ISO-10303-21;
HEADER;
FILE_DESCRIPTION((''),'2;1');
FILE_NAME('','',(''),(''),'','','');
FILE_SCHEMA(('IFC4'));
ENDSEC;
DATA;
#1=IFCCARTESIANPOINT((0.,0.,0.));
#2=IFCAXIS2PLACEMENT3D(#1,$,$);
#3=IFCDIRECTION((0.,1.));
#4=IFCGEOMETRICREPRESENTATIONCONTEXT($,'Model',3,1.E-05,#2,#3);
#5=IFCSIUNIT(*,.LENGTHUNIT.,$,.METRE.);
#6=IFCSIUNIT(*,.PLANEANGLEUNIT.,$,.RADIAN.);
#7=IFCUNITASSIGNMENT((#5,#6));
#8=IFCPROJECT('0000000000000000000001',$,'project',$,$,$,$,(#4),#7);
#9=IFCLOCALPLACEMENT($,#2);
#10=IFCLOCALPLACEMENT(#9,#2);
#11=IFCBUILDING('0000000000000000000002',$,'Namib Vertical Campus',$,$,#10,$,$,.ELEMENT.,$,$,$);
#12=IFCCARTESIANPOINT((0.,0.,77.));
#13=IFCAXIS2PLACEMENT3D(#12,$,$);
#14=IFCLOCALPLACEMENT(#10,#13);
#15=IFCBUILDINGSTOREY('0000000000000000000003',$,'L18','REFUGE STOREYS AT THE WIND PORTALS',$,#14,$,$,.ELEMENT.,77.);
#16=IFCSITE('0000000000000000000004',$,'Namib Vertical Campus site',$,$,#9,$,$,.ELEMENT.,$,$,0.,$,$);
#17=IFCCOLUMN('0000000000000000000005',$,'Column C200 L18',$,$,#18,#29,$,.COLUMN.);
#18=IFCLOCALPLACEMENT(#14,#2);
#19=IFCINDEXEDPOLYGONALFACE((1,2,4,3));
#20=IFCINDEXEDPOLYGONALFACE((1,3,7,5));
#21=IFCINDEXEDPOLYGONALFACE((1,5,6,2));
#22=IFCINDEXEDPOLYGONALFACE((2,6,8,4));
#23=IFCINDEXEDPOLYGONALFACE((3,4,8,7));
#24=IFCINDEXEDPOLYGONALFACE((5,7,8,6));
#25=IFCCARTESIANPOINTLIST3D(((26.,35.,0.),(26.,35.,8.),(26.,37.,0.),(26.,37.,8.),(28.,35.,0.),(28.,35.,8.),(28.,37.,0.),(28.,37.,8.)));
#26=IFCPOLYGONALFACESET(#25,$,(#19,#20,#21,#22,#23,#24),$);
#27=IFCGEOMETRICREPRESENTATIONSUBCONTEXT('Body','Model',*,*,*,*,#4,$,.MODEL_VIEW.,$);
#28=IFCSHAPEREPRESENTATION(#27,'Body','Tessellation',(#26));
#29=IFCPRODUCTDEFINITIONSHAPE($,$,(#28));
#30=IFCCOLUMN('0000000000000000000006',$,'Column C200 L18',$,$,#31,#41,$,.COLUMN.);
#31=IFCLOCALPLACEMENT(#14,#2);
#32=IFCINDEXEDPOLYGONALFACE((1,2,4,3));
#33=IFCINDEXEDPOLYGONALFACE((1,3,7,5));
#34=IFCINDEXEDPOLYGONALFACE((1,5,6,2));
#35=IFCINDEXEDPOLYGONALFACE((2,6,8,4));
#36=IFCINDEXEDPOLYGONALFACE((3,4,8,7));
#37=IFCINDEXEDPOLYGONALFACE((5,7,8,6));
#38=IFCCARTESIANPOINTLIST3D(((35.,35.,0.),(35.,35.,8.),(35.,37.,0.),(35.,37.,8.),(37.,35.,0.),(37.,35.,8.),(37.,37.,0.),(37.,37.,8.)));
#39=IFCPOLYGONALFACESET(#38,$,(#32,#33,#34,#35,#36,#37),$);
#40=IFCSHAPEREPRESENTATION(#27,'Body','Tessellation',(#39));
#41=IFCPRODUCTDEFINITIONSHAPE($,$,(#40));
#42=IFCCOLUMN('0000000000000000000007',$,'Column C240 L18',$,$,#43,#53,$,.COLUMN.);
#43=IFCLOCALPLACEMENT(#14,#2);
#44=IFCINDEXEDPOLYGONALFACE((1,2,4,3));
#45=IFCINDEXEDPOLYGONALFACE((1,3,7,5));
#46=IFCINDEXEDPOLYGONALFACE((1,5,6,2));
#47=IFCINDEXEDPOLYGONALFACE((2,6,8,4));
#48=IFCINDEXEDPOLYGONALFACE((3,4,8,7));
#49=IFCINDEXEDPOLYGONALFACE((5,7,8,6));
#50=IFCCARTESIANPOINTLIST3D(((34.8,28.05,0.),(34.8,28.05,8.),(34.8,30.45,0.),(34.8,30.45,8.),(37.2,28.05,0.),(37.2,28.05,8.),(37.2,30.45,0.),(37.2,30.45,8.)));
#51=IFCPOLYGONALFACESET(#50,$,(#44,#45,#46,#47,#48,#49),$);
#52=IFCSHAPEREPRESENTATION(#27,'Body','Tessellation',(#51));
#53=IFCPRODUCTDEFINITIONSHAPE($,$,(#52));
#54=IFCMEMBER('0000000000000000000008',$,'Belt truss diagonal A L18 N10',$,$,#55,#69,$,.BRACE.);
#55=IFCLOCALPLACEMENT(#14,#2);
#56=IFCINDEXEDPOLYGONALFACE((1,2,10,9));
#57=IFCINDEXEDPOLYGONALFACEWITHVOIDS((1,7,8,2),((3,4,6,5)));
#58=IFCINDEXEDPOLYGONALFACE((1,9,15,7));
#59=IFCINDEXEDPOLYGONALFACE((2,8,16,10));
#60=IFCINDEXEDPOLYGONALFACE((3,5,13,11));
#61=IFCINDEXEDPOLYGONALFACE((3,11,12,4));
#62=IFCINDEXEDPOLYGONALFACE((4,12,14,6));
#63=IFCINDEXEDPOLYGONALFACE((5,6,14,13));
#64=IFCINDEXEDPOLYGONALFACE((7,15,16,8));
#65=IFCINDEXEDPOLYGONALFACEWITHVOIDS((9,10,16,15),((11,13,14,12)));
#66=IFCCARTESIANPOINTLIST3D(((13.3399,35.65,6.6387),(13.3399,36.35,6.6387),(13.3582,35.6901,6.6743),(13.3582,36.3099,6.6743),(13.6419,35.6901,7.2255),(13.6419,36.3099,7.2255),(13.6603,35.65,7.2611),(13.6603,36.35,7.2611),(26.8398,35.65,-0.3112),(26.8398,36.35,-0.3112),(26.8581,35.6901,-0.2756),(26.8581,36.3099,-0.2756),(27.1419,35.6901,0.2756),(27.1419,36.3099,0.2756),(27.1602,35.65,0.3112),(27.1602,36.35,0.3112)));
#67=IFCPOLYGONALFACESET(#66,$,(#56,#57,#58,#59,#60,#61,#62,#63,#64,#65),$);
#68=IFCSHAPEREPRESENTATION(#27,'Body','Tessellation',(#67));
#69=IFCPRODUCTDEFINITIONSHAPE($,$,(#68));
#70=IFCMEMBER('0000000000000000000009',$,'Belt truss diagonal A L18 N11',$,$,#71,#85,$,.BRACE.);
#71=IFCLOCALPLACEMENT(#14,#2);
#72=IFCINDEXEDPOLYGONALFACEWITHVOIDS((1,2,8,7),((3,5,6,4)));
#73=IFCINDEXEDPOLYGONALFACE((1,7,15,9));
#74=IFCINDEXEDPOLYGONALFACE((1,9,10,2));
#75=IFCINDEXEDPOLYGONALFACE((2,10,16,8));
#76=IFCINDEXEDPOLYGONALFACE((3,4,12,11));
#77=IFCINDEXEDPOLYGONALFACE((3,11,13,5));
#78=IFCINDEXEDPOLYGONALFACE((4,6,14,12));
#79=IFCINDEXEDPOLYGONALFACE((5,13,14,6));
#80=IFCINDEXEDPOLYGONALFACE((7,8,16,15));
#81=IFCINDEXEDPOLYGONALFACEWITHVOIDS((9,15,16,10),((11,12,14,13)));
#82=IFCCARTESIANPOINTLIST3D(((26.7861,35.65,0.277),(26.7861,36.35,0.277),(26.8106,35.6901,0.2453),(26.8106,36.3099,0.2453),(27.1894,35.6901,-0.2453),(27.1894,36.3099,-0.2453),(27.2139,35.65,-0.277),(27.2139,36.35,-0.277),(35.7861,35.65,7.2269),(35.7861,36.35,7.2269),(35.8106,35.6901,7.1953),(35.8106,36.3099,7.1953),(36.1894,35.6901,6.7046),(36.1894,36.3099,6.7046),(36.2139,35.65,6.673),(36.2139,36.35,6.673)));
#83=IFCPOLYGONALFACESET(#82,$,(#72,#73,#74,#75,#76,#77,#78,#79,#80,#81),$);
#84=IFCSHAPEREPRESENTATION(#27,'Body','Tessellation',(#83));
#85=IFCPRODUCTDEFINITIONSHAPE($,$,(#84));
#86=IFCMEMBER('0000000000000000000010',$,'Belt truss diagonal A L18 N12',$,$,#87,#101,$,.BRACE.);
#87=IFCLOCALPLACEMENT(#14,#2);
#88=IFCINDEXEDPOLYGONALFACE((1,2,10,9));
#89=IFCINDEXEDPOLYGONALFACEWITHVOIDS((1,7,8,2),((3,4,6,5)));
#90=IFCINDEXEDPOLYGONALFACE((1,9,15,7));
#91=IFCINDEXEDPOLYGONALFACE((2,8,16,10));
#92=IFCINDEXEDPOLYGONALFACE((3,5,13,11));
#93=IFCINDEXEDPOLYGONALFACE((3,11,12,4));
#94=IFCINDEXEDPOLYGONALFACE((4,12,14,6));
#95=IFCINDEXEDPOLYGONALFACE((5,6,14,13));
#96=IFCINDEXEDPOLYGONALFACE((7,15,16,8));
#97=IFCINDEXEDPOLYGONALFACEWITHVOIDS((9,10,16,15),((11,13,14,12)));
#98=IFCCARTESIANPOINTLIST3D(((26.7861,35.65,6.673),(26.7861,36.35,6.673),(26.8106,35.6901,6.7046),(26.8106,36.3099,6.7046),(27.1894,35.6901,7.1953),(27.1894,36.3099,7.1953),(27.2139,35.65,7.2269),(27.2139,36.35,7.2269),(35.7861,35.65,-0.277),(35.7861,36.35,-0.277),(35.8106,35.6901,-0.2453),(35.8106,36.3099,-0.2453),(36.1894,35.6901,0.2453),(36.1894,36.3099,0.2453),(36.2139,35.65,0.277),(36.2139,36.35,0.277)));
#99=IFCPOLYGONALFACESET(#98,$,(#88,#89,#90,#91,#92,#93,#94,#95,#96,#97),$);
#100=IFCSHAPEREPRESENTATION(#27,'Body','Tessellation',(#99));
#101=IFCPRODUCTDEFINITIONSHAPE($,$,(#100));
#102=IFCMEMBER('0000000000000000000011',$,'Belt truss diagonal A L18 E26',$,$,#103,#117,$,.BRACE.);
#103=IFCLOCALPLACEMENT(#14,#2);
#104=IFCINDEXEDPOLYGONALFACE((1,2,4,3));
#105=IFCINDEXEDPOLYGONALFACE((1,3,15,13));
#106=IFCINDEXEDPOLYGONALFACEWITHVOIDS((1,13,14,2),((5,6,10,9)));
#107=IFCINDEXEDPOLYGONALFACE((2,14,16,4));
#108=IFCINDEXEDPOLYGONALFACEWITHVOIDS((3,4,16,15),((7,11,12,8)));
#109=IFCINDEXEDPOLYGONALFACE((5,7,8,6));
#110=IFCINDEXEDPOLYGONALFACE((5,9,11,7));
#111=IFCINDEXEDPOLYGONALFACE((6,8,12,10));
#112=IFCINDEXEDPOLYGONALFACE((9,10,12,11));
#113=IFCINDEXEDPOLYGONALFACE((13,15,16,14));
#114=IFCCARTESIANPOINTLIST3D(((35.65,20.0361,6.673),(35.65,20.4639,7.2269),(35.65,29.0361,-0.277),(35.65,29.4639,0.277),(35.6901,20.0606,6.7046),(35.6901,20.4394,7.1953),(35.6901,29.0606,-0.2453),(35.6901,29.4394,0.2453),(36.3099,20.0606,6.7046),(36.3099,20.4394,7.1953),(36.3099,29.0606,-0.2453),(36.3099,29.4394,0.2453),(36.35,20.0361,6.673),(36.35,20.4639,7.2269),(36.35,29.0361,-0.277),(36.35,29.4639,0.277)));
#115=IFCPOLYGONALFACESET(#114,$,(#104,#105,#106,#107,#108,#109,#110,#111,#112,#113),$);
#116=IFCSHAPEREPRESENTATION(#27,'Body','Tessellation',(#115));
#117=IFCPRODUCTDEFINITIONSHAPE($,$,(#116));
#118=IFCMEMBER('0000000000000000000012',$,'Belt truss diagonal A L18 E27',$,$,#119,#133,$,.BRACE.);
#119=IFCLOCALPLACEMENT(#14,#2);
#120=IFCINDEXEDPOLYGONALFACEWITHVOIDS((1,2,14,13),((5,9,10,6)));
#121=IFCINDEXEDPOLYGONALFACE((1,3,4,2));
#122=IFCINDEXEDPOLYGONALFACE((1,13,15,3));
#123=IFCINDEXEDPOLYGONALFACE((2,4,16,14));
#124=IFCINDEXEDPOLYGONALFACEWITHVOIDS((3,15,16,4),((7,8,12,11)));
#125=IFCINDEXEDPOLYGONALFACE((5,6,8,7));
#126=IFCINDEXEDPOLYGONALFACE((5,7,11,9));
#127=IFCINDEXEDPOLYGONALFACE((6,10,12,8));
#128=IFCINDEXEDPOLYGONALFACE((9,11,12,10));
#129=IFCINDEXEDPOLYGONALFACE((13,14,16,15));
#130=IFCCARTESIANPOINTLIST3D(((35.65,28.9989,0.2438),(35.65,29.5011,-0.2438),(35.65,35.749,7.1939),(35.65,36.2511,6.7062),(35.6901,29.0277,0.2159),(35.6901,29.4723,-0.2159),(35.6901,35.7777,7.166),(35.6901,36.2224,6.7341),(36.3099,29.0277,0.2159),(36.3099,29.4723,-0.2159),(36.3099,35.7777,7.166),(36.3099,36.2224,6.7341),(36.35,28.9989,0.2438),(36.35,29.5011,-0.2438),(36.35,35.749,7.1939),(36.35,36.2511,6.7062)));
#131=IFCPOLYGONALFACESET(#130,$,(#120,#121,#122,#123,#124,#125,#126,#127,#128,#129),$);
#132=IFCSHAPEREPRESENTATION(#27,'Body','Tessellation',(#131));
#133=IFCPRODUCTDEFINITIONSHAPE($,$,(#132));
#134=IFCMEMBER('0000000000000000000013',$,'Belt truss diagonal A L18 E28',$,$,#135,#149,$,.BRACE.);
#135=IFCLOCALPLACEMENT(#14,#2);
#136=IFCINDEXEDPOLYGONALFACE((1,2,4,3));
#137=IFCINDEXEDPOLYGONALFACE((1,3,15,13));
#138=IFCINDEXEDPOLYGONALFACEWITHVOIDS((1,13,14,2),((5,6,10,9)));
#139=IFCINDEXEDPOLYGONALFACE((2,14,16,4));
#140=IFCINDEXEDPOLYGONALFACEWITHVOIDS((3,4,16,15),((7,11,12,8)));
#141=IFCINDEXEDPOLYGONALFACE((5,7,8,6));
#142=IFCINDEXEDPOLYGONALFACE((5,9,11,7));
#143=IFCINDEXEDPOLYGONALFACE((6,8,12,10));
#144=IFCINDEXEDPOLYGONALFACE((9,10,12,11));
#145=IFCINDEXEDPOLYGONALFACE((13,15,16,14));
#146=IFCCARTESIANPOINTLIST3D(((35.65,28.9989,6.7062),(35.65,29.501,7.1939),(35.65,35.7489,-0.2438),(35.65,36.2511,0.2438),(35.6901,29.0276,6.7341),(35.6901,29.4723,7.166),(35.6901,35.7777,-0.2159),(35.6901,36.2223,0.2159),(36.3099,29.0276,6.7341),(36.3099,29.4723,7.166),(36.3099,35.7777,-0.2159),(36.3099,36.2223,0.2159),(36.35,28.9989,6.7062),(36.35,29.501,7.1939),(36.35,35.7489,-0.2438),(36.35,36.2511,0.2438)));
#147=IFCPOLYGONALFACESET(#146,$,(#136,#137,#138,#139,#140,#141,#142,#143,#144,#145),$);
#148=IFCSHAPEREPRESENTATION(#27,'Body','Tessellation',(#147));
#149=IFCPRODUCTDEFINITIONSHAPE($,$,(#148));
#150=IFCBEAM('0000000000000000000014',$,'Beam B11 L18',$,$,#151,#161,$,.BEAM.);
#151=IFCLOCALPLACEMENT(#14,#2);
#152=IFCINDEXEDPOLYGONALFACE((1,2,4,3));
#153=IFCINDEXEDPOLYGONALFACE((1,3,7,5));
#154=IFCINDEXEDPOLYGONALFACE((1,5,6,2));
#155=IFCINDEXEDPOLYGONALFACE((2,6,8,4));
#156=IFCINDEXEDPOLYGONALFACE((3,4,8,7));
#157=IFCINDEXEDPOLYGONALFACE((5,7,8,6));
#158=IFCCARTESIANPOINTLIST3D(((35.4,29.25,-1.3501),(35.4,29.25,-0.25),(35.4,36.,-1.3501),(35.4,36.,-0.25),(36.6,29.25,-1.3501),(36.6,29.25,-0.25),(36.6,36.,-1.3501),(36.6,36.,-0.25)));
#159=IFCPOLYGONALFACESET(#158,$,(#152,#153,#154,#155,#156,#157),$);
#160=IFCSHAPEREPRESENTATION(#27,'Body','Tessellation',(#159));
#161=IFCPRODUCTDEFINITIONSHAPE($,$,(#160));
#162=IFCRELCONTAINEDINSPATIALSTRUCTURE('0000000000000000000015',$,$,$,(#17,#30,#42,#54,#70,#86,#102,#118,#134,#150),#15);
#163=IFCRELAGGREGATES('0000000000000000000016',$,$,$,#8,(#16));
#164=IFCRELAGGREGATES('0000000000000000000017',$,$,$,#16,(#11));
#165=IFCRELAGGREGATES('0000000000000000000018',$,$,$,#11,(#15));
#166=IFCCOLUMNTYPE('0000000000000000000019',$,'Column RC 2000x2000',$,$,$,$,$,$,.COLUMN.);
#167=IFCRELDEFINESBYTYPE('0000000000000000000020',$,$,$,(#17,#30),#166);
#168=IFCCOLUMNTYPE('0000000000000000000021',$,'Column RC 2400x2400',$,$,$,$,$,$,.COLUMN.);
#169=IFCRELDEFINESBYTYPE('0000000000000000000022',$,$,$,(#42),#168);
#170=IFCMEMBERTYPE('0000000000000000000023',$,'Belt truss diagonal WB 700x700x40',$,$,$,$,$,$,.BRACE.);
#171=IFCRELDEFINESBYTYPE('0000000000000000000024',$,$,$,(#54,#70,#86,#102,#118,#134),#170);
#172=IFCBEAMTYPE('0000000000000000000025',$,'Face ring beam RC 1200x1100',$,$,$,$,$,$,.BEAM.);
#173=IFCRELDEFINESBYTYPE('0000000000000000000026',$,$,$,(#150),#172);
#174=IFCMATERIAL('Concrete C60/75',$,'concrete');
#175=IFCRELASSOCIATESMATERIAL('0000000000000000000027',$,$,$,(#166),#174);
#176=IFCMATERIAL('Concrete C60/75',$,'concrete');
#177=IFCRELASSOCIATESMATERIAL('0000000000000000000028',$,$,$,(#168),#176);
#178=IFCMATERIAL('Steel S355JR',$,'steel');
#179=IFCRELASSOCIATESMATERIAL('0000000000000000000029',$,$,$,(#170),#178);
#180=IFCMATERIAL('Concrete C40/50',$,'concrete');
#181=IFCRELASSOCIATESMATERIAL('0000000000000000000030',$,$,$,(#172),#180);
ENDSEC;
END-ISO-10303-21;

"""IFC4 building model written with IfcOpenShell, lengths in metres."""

from ifc_helpers import new_model, si_unit, direction, frame, origin, origin_2d, place, context, subcontext, project, spatial, rectangle, hollow_rectangle, extrude, material, material_profile, profile_set, type_object, element, save


model = new_model("IFC4")

# Units and contexts
model_context = context("Model", 3, precision=1e-05, world=origin(), true_north=direction((0.0, 1.0)))
body_context = subcontext(model_context, "Body", "Model", "MODEL_VIEW")
ifc_project = project(units=[si_unit("LENGTHUNIT", "METRE"), si_unit("PLANEANGLEUNIT", "RADIAN")], contexts=[model_context])

# Site, building, storey
site_placement = place(None, origin())
site = spatial("IfcSite", under=ifc_project, at=site_placement, Name="Namib Vertical Campus site", CompositionType="ELEMENT", RefElevation=0.0)
building_placement = place(site_placement, origin())
building = spatial("IfcBuilding", under=site, at=building_placement, Name="Namib Vertical Campus", CompositionType="ELEMENT")
storey_placement = place(building_placement, frame((0.0, 0.0, 77.0)))
storey = spatial("IfcBuildingStorey", under=building, at=storey_placement, Name="L18", Description="REFUGE STOREYS AT THE WIND PORTALS", CompositionType="ELEMENT", Elevation=77.0)

# Columns
ifc_material_1 = material(Name="Concrete C60/75", Category="concrete")
ifc_material_profile_1 = material_profile(ifc_material_1, rectangle(XDim=2.0, YDim=2.0, at=origin_2d()))
ifc_profile_set_1 = profile_set([ifc_material_profile_1], Name="Concrete C60/75")
column_type_1 = type_object("IfcColumnType", Name="Column RC 2000x2000", PredefinedType="COLUMN", material=ifc_profile_set_1)
for number, where, z_axis, x_axis, name in (
    (1, (27.0, 36.0, 0.0), (0.0, 0.0, 1.0), (1.0, 0.0, 0.0), "Column C200 L18"),
    (2, (36.0, 36.0, 0.0), (0.0, 0.0, 1.0), (1.0, 0.0, 0.0), "Column C200 L18"),
):
    element("IfcColumn", number, at=place(storey_placement, frame(where, z_axis=z_axis, x_axis=x_axis)), inside=storey, type_object=column_type_1, Name=name, PredefinedType="COLUMN", context=body_context, shape_type="SweptSolid", body=[
        extrude(rectangle(XDim=2.0, YDim=2.0, at=origin_2d()), origin(), (0.0, 0.0, 1.0), 8.0),
    ])
ifc_material_2 = material(Name="Concrete C60/75", Category="concrete")
ifc_material_profile_2 = material_profile(ifc_material_2, rectangle(XDim=2.3999, YDim=2.3999, at=origin_2d()))
ifc_profile_set_2 = profile_set([ifc_material_profile_2], Name="Concrete C60/75")
column_type_2 = type_object("IfcColumnType", Name="Column RC 2400x2400", PredefinedType="COLUMN", material=ifc_profile_set_2)
column_placement = place(storey_placement, frame((36.0, 29.25, 0.0), z_axis=(0.0, 0.0, 1.0), x_axis=(1.0, 0.0, 0.0)))
element("IfcColumn", 3, at=column_placement, inside=storey, type_object=column_type_2, Name="Column C240 L18", PredefinedType="COLUMN", context=body_context, shape_type="SweptSolid", body=[
    extrude(rectangle(XDim=2.3999, YDim=2.3999, at=origin_2d()), origin(), (0.0, 0.0, 1.0), 8.0),
])

# Members
ifc_material_3 = material(Name="Steel S355JR", Category="steel")
ifc_material_profile_3 = material_profile(ifc_material_3, hollow_rectangle(XDim=0.7, YDim=0.7, WallThickness=0.04, at=origin_2d()))
ifc_profile_set_3 = profile_set([ifc_material_profile_3], Name="Steel S355JR")
member_type = type_object("IfcMemberType", Name="Belt truss diagonal WB 700x700x40", PredefinedType="BRACE", material=ifc_profile_set_3)
member_placement = place(storey_placement, frame((27.0, 36.0, 0.0), z_axis=(-0.889098, 0.0, 0.457717), x_axis=(0.0, -1.0, 0.0)))
element("IfcMember", 4, at=member_placement, inside=storey, type_object=member_type, Name="Belt truss diagonal A L18 N10", PredefinedType="BRACE", context=body_context, shape_type="SweptSolid", body=[
    extrude(hollow_rectangle(XDim=0.7, YDim=0.7, WallThickness=0.04, at=origin_2d()), origin(), (0.0, 0.0, 1.0), 15.1838),
])
for number, where, z_axis, x_axis, name in (
    (5, (27.0, 36.0, 0.0), (0.79148, 0.0, 0.611194), (0.0, 1.0, 0.0), "Belt truss diagonal A L18 N11"),
    (6, (36.0, 36.0, 0.0), (-0.79148, 0.0, 0.611194), (0.0, -1.0, 0.0), "Belt truss diagonal A L18 N12"),
    (7, (36.0, 29.25, 0.0), (0.0, -0.79148, 0.611194), (1.0, 0.0, 0.0), "Belt truss diagonal A L18 E26"),
):
    element("IfcMember", number, at=place(storey_placement, frame(where, z_axis=z_axis, x_axis=x_axis)), inside=storey, type_object=member_type, Name=name, PredefinedType="BRACE", context=body_context, shape_type="SweptSolid", body=[
        extrude(hollow_rectangle(XDim=0.7, YDim=0.7, WallThickness=0.04, at=origin_2d()), origin(), (0.0, 0.0, 1.0), 11.3711),
    ])
for number, where, z_axis, x_axis, name in (
    (8, (36.0, 29.25, 0.0), (0.0, 0.696712, 0.717351), (-1.0, 0.0, 0.0), "Belt truss diagonal A L18 E27"),
    (9, (36.0, 36.0, 0.0), (0.0, -0.696712, 0.717351), (1.0, 0.0, 0.0), "Belt truss diagonal A L18 E28"),
):
    element("IfcMember", number, at=place(storey_placement, frame(where, z_axis=z_axis, x_axis=x_axis)), inside=storey, type_object=member_type, Name=name, PredefinedType="BRACE", context=body_context, shape_type="SweptSolid", body=[
        extrude(hollow_rectangle(XDim=0.7, YDim=0.7, WallThickness=0.04, at=origin_2d()), origin(), (0.0, 0.0, 1.0), 9.6885),
    ])

# Beam
ifc_material_4 = material(Name="Concrete C40/50", Category="concrete")
ifc_material_profile_4 = material_profile(ifc_material_4, rectangle(XDim=1.2, YDim=1.1001, at=origin_2d()))
ifc_profile_set_4 = profile_set([ifc_material_profile_4], Name="Concrete C40/50")
beam_type_1 = type_object("IfcBeamType", Name="Face ring beam RC 1200x1100", PredefinedType="BEAM", material=ifc_profile_set_4)
beam_1_placement = place(storey_placement, frame((36.0, 29.25, -0.8), z_axis=(0.0, 1.0, 0.0), x_axis=(-1.0, 0.0, 0.0)))
element("IfcBeam", 10, at=beam_1_placement, inside=storey, type_object=beam_type_1, Name="Beam B11 L18", PredefinedType="BEAM", context=body_context, shape_type="SweptSolid", body=[
    extrude(rectangle(XDim=1.2, YDim=1.1001, at=origin_2d()), origin(), (0.0, 0.0, 1.0), 6.75),
])

save(model, "model.ifc")
